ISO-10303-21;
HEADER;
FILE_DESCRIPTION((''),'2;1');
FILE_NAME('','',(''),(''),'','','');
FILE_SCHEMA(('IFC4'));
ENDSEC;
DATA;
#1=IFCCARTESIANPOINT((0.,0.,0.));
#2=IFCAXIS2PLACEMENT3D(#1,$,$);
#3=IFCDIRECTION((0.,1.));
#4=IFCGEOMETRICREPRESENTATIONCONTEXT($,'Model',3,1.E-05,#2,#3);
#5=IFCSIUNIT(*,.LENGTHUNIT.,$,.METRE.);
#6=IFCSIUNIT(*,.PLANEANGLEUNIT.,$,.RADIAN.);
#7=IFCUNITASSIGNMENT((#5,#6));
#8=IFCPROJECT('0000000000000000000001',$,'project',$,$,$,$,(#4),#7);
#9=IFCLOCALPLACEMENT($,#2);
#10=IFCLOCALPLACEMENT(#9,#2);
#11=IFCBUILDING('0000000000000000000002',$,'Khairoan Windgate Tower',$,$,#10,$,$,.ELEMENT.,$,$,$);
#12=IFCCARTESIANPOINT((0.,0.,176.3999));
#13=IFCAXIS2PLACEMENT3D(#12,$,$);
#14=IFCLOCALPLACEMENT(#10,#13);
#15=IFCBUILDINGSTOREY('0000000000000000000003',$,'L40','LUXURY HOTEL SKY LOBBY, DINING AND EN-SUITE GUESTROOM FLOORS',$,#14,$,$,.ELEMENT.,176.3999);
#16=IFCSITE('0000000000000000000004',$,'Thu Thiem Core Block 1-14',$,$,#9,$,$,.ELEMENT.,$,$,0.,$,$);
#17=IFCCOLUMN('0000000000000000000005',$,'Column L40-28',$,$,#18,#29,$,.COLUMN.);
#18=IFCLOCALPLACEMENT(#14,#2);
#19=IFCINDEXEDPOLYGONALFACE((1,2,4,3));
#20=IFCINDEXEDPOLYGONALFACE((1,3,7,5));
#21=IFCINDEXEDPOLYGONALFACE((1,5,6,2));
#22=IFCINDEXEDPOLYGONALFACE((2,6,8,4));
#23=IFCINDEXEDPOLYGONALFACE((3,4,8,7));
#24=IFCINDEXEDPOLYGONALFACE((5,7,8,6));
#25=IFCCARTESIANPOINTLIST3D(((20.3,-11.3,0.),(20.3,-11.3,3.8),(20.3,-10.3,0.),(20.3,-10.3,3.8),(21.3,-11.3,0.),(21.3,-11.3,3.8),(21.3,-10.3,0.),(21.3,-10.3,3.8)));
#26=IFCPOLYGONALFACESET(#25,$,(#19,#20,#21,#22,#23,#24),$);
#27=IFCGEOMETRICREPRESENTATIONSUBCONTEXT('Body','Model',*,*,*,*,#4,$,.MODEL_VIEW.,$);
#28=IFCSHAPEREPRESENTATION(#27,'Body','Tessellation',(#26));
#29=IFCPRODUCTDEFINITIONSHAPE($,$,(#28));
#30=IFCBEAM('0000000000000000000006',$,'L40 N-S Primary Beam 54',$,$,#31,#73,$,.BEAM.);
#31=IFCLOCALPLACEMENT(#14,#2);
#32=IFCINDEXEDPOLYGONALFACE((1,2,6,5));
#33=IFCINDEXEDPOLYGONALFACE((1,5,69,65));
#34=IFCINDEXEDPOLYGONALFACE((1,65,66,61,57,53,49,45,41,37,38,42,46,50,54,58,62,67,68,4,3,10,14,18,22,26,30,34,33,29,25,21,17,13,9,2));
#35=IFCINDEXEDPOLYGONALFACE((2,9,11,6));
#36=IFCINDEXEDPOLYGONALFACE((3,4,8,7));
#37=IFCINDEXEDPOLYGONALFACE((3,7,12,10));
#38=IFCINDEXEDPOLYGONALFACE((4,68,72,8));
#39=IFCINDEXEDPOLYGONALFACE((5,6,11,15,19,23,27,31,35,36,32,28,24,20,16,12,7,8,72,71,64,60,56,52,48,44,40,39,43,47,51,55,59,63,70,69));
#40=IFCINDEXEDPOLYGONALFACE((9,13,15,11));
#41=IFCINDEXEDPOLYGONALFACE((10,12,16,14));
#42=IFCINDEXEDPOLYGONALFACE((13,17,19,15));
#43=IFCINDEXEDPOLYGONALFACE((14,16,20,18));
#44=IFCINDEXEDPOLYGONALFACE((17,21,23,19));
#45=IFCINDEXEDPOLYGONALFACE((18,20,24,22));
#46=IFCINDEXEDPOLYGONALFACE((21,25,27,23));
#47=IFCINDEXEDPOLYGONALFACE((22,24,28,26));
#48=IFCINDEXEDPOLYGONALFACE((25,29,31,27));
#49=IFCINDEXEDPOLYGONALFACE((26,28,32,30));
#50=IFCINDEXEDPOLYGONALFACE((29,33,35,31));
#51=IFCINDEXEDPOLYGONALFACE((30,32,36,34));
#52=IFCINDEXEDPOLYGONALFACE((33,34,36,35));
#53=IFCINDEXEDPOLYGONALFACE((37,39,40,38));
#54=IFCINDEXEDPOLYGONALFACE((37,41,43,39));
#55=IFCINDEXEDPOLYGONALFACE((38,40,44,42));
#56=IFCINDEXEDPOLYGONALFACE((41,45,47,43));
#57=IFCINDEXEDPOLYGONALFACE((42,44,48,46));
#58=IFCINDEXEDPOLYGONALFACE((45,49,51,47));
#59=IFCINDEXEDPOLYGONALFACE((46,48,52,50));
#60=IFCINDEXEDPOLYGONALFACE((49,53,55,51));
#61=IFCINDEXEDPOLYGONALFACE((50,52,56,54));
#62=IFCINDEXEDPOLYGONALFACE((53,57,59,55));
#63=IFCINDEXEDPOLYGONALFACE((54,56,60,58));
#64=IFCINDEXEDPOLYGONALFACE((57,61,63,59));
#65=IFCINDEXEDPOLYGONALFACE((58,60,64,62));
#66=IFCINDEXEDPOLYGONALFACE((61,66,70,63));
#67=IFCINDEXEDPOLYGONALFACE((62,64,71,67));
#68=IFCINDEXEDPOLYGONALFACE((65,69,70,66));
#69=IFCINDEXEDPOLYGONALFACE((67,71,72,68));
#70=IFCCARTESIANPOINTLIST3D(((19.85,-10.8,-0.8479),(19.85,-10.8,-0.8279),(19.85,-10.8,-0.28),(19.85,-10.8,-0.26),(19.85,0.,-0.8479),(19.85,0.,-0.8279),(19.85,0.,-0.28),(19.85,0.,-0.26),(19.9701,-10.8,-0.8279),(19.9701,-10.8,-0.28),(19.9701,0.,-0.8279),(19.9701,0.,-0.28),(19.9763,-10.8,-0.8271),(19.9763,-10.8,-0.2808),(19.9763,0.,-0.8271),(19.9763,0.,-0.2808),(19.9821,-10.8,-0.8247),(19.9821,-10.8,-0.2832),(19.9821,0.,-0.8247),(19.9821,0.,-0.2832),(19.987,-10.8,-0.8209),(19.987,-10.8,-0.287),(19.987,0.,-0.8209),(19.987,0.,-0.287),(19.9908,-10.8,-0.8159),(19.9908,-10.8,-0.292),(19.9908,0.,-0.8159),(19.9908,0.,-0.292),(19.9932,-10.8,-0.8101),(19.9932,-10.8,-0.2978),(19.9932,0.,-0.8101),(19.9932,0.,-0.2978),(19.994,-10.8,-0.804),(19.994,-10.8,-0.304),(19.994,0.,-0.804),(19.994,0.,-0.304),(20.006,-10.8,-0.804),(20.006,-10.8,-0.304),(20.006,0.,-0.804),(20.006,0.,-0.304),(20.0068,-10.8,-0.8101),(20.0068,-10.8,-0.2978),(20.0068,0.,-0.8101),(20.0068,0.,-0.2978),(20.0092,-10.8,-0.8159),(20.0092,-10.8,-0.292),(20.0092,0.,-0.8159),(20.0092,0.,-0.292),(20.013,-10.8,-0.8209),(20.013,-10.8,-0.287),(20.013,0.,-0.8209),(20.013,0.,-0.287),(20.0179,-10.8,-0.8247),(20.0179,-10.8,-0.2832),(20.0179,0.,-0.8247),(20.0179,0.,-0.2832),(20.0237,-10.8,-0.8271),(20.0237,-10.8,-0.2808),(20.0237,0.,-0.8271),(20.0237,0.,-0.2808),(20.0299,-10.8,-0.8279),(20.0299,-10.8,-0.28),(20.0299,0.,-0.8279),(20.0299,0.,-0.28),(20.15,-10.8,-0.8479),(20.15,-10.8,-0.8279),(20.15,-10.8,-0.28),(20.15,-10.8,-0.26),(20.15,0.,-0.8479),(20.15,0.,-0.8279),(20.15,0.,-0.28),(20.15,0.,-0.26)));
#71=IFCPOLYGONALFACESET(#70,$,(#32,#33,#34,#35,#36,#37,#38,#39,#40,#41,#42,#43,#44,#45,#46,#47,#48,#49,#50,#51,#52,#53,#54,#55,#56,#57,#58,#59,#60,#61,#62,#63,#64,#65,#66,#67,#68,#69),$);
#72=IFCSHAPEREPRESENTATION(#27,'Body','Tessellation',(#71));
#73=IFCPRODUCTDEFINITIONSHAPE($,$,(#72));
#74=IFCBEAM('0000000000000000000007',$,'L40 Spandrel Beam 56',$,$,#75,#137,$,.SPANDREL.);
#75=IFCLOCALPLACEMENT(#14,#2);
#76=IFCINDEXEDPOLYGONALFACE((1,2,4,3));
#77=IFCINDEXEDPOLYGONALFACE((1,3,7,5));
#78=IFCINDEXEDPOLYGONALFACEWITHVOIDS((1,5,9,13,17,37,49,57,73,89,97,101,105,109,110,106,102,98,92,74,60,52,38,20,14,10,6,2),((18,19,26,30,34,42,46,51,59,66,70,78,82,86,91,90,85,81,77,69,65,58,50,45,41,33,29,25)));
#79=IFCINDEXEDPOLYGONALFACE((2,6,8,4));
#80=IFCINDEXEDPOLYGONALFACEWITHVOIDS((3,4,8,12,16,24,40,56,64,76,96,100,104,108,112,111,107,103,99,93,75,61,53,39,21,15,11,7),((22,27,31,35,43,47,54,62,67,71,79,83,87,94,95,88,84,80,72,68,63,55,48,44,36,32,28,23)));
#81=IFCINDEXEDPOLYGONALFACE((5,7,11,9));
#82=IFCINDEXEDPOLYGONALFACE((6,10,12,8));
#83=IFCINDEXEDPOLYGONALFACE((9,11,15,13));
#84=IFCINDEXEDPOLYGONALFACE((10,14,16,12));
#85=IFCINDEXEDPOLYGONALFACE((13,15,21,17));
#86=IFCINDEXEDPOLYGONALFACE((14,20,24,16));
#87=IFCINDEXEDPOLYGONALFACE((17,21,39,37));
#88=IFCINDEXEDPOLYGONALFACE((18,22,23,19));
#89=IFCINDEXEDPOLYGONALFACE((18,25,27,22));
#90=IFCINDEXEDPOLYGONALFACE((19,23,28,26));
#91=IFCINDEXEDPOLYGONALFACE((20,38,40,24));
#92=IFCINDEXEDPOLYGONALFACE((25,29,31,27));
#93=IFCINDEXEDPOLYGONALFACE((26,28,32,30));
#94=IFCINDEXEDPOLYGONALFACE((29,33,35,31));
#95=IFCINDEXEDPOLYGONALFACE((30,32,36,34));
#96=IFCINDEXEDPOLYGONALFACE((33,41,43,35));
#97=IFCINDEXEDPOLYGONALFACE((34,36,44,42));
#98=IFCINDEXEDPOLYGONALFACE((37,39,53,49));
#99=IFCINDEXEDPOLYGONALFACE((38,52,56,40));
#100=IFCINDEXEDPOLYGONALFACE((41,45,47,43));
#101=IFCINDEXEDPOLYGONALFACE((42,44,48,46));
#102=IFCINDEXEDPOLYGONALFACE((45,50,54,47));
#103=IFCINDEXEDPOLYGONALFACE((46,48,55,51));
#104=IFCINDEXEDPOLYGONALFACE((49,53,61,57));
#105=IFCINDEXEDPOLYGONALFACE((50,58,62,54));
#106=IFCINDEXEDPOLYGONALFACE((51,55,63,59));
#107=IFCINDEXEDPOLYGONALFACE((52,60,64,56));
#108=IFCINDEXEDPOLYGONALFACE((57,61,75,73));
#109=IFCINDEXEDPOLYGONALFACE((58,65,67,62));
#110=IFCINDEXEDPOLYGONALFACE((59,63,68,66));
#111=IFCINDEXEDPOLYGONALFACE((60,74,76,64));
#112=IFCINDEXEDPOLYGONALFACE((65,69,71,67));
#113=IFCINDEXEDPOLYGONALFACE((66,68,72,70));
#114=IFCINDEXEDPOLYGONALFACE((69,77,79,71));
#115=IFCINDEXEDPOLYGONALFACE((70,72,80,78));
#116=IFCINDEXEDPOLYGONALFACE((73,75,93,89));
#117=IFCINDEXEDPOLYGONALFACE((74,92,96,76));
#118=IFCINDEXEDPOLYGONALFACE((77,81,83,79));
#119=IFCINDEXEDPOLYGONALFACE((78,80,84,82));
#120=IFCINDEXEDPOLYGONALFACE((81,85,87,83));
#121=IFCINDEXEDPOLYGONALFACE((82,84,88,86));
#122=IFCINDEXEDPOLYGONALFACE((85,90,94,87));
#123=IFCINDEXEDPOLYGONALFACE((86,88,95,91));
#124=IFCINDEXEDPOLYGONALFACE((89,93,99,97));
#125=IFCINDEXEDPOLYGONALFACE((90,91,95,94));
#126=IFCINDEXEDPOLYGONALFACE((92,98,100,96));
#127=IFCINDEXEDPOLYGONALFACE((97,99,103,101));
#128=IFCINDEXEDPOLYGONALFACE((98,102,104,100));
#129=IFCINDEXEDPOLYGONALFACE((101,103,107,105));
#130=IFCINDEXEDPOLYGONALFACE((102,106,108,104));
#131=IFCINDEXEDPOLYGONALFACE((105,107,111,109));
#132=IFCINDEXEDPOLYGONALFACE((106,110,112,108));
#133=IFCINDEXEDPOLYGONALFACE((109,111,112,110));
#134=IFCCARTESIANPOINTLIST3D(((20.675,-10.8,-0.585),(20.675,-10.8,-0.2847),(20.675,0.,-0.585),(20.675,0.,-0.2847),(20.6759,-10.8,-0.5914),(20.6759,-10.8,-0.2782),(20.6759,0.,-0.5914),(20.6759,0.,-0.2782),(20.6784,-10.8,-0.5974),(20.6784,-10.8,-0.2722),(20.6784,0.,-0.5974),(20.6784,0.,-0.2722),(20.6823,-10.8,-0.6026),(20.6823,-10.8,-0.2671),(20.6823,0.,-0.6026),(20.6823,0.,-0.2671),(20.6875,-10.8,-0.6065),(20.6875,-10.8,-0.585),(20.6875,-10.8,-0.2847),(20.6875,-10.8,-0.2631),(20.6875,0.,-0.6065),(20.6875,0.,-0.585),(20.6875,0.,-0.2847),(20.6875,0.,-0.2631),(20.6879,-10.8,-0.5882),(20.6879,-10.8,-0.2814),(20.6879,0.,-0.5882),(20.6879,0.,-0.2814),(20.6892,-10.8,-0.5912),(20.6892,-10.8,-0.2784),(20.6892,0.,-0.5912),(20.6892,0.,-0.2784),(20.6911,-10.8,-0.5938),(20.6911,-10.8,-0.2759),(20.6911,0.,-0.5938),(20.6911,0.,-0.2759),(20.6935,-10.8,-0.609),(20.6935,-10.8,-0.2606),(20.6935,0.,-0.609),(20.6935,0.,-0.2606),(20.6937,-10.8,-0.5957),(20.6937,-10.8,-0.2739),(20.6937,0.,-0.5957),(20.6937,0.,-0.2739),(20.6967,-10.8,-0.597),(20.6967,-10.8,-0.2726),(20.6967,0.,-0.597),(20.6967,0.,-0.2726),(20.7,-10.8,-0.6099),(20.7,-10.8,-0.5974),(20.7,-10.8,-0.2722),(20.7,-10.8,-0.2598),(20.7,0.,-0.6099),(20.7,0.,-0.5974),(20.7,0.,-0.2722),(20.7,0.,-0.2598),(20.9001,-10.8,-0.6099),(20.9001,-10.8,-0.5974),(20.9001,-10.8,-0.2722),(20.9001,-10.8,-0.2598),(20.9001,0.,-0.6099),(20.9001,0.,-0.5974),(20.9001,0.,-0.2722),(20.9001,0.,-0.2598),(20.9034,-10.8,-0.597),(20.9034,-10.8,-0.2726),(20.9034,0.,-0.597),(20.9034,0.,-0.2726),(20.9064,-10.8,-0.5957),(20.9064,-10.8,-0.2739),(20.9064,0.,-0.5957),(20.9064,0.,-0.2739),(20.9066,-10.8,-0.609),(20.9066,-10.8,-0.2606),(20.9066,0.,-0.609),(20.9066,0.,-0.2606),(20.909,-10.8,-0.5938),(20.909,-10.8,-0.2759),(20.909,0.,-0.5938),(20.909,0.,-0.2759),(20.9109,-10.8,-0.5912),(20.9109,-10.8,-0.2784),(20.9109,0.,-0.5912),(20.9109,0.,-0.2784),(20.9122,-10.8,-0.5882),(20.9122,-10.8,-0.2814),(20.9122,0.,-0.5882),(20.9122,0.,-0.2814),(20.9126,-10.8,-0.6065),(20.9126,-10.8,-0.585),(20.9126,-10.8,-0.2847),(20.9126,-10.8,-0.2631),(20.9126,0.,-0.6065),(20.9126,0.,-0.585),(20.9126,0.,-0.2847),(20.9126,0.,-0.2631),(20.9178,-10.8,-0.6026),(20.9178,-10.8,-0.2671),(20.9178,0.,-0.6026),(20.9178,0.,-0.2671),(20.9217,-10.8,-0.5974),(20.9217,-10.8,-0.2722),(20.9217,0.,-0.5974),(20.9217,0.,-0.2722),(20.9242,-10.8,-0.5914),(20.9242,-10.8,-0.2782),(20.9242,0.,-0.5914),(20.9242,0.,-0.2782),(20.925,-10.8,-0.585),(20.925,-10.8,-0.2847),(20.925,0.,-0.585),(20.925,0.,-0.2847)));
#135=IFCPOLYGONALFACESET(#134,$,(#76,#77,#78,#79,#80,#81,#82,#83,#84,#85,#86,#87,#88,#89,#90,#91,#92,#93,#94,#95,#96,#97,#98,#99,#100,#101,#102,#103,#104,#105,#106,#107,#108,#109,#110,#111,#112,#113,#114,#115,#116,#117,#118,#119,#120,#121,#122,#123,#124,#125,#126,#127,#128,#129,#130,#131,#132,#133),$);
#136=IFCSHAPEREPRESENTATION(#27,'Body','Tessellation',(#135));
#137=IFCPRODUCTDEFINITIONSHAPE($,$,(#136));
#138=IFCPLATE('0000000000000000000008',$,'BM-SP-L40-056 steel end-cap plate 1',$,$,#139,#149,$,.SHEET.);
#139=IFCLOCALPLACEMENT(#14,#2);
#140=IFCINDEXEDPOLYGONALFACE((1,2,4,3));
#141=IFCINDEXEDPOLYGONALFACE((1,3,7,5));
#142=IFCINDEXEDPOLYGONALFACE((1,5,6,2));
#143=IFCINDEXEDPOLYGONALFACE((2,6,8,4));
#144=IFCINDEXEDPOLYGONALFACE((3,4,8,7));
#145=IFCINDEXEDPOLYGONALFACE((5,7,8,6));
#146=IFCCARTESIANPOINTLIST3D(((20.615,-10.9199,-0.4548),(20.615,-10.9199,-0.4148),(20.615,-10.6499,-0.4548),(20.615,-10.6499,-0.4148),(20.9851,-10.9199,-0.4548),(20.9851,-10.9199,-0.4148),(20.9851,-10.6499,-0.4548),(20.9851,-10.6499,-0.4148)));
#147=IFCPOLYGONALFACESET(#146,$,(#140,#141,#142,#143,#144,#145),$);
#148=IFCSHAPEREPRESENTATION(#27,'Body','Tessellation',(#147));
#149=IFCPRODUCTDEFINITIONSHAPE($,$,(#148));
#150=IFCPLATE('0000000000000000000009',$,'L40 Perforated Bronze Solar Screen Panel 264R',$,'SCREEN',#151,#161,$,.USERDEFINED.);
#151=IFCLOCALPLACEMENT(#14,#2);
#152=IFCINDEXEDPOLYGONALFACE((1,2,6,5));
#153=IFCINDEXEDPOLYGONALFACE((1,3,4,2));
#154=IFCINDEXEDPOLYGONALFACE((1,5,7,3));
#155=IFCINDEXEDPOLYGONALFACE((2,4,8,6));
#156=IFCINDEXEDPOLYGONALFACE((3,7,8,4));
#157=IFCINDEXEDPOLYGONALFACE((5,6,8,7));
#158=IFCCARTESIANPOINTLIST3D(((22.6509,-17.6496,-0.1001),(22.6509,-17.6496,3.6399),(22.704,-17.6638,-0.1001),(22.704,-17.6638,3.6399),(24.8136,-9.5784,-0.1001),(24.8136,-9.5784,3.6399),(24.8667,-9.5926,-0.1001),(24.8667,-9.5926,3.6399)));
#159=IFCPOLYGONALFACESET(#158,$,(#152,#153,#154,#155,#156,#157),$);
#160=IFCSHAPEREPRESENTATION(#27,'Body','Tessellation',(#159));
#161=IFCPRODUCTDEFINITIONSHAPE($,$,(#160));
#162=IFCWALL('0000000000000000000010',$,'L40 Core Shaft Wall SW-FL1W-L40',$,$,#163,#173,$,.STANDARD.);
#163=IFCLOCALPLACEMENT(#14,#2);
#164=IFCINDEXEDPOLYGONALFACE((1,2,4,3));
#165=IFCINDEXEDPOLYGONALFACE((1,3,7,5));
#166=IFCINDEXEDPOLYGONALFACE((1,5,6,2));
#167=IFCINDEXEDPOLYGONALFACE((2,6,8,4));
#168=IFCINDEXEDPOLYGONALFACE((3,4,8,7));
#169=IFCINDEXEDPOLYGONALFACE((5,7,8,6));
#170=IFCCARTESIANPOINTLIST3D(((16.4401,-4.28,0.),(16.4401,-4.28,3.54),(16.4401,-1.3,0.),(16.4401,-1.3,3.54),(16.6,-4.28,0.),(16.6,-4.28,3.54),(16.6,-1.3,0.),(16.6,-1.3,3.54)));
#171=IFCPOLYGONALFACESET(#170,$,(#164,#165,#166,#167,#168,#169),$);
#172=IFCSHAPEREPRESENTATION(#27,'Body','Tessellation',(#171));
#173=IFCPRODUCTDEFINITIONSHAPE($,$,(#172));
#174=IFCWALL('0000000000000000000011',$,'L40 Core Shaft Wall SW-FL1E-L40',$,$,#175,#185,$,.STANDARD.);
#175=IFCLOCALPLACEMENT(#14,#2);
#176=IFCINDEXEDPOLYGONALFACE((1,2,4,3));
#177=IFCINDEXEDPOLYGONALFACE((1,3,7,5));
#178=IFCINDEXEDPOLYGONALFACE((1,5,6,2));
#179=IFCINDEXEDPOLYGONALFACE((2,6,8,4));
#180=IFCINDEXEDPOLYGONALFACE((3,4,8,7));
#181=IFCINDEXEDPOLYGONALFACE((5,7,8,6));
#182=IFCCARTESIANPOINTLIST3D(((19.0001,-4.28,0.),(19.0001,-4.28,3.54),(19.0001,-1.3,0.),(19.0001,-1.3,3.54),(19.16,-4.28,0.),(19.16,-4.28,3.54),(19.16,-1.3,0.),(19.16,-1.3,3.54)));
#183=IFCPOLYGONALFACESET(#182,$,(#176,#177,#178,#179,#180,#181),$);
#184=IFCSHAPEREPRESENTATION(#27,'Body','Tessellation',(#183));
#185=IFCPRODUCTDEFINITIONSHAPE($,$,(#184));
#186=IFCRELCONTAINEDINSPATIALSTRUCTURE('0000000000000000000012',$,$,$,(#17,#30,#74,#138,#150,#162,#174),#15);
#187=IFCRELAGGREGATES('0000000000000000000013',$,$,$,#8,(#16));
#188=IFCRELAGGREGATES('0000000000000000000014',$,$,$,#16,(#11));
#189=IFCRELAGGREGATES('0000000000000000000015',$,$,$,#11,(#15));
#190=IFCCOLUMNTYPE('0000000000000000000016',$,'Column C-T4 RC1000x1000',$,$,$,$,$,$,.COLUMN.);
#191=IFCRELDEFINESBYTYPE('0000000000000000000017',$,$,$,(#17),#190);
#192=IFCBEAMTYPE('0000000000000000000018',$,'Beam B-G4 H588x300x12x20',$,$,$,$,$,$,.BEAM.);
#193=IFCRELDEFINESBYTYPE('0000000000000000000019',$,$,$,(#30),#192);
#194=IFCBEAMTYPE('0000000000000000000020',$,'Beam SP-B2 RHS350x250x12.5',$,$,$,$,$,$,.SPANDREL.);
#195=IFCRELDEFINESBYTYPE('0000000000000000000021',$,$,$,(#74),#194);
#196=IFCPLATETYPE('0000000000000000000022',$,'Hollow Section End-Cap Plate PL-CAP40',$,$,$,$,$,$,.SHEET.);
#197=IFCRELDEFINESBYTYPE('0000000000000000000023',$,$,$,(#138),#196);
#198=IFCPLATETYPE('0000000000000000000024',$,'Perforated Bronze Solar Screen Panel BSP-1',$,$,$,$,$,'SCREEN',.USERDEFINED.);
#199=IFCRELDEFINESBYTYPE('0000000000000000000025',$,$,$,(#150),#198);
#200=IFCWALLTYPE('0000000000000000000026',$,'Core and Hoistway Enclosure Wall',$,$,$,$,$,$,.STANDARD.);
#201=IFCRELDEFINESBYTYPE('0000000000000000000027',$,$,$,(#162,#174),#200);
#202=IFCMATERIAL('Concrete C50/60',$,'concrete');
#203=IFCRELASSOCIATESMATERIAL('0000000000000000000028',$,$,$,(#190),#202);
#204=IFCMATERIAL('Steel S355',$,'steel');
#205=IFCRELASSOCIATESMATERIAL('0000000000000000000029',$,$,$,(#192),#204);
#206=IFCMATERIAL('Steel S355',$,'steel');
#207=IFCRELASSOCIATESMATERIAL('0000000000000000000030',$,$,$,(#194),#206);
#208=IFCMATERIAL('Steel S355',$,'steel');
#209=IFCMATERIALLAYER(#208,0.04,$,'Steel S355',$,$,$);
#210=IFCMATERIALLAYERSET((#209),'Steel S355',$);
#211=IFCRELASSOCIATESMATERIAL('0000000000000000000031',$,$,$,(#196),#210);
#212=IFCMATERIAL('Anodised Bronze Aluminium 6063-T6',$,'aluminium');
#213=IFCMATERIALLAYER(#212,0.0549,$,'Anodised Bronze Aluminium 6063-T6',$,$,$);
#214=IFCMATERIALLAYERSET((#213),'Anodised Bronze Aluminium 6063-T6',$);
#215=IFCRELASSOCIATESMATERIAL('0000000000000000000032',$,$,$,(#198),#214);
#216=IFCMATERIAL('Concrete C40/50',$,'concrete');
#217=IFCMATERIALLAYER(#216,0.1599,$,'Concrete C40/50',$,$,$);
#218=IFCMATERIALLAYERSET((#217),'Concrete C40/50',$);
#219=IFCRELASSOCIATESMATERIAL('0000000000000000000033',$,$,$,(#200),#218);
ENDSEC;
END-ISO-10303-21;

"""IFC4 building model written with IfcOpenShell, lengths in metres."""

from ifc_helpers import new_model, si_unit, direction, frame, frame_2d, origin, origin_2d, place, context, subcontext, project, spatial, rectangle, hollow_rectangle, i_section, extrude, material, layer, layer_set, material_profile, profile_set, type_object, element, save


model = new_model("IFC4")

# Units and contexts
model_context = context("Model", 3, precision=1e-05, world=origin(), true_north=direction((0.0, 1.0)))
body_context = subcontext(model_context, "Body", "Model", "MODEL_VIEW")
ifc_project = project(units=[si_unit("LENGTHUNIT", "METRE"), si_unit("PLANEANGLEUNIT", "RADIAN")], contexts=[model_context])

# Site, building, storey
site_placement = place(None, origin())
site = spatial("IfcSite", under=ifc_project, at=site_placement, Name="Thu Thiem Core Block 1-14", CompositionType="ELEMENT", RefElevation=0.0)
building_placement = place(site_placement, origin())
building = spatial("IfcBuilding", under=site, at=building_placement, Name="Khairoan Windgate Tower", CompositionType="ELEMENT")
storey_placement = place(building_placement, frame((0.0, 0.0, 176.3999)))
storey = spatial("IfcBuildingStorey", under=building, at=storey_placement, Name="L40", Description="LUXURY HOTEL SKY LOBBY, DINING AND EN-SUITE GUESTROOM FLOORS", CompositionType="ELEMENT", Elevation=176.3999)

# Column
ifc_material_1 = material(Name="Concrete C50/60", Category="concrete")
ifc_material_profile_1 = material_profile(ifc_material_1, rectangle(XDim=1.0, YDim=1.0, at=origin_2d()))
ifc_profile_set_1 = profile_set([ifc_material_profile_1], Name="Concrete C50/60")
column_type = type_object("IfcColumnType", Name="Column C-T4 RC1000x1000", PredefinedType="COLUMN", material=ifc_profile_set_1)
column_placement = place(storey_placement, frame((20.8, -10.8, 0.0), z_axis=(0.0, 0.0, 1.0), x_axis=(1.0, 0.0, 0.0)))
element("IfcColumn", 1, at=column_placement, inside=storey, type_object=column_type, Name="Column L40-28", PredefinedType="COLUMN", context=body_context, shape_type="SweptSolid", body=[
    extrude(rectangle(XDim=1.0, YDim=1.0, at=origin_2d()), origin(), (0.0, 0.0, 1.0), 3.8),
])

# Beams
ifc_material_2 = material(Name="Steel S355", Category="steel")
ifc_material_profile_2 = material_profile(ifc_material_2, i_section(OverallWidth=0.3, OverallDepth=0.5879, WebThickness=0.012, FlangeThickness=0.02, FilletRadius=0.0239, at=origin_2d()))
ifc_profile_set_2 = profile_set([ifc_material_profile_2], Name="Steel S355")
beam_type_1 = type_object("IfcBeamType", Name="Beam B-G4 H588x300x12x20", PredefinedType="BEAM", material=ifc_profile_set_2)
beam_1_placement = place(storey_placement, frame((20.0, -10.8, -0.554), z_axis=(0.0, 1.0, 0.0), x_axis=(-1.0, 0.0, 0.0)))
element("IfcBeam", 2, at=beam_1_placement, inside=storey, type_object=beam_type_1, Name="L40 N-S Primary Beam 54", PredefinedType="BEAM", context=body_context, shape_type="SweptSolid", body=[
    extrude(i_section(OverallWidth=0.3, OverallDepth=0.5879, WebThickness=0.012, FlangeThickness=0.02, FilletRadius=0.0239, at=origin_2d()), origin(), (0.0, 0.0, 1.0), 10.8),
])
ifc_material_3 = material(Name="Steel S355", Category="steel")
ifc_material_profile_3 = material_profile(ifc_material_3, hollow_rectangle(XDim=0.25, YDim=0.3501, WallThickness=0.0125, InnerFilletRadius=0.0125, OuterFilletRadius=0.0249, at=origin_2d()))
ifc_profile_set_3 = profile_set([ifc_material_profile_3], Name="Steel S355")
beam_type_2 = type_object("IfcBeamType", Name="Beam SP-B2 RHS350x250x12.5", PredefinedType="SPANDREL", material=ifc_profile_set_3)
beam_2_placement = place(storey_placement, frame((20.8, -10.8, -0.4348), z_axis=(0.0, 1.0, 0.0), x_axis=(-1.0, 0.0, 0.0)))
element("IfcBeam", 3, at=beam_2_placement, inside=storey, type_object=beam_type_2, Name="L40 Spandrel Beam 56", PredefinedType="SPANDREL", context=body_context, shape_type="SweptSolid", body=[
    extrude(hollow_rectangle(XDim=0.25, YDim=0.3501, WallThickness=0.0125, InnerFilletRadius=0.0125, OuterFilletRadius=0.0249, at=origin_2d()), origin(), (0.0, 0.0, 1.0), 10.8),
])

# Plates
ifc_material_4 = material(Name="Steel S355", Category="steel")
ifc_layer_1 = layer(ifc_material_4, 0.04, Name="Steel S355")
ifc_layer_set_1 = layer_set([ifc_layer_1], Name="Steel S355")
plate_type_1 = type_object("IfcPlateType", Name="Hollow Section End-Cap Plate PL-CAP40", PredefinedType="SHEET", material=ifc_layer_set_1)
plate_1_placement = place(storey_placement, frame((20.8, -10.7849, -0.4548), z_axis=(0.0, 0.0, 1.0), x_axis=(0.0, 1.0, 0.0)))
element("IfcPlate", 4, at=plate_1_placement, inside=storey, type_object=plate_type_1, Name="BM-SP-L40-056 steel end-cap plate 1", PredefinedType="SHEET", context=body_context, shape_type="SweptSolid", body=[
    extrude(rectangle(XDim=0.27, YDim=0.3701, at=origin_2d()), origin(), (0.0, 0.0, 1.0), 0.04),
])
ifc_material_5 = material(Name="Anodised Bronze Aluminium 6063-T6", Category="aluminium")
ifc_layer_2 = layer(ifc_material_5, 0.0549, Name="Anodised Bronze Aluminium 6063-T6")
ifc_layer_set_2 = layer_set([ifc_layer_2], Name="Anodised Bronze Aluminium 6063-T6")
plate_type_2 = type_object("IfcPlateType", Name="Perforated Bronze Solar Screen Panel BSP-1", ElementType="SCREEN", PredefinedType="USERDEFINED", material=ifc_layer_set_2)
plate_2_placement = place(storey_placement, frame((23.7588, -13.6211, -0.1001), z_axis=(0.0, 0.0, 1.0), x_axis=(-0.258819, -0.965926, 0.0)))
element("IfcPlate", 5, at=plate_2_placement, inside=storey, type_object=plate_type_2, Name="L40 Perforated Bronze Solar Screen Panel 264R", ObjectType="SCREEN", PredefinedType="USERDEFINED", context=body_context, shape_type="SweptSolid", body=[
    extrude(rectangle(XDim=8.356, YDim=0.0549, at=origin_2d()), origin(), (0.0, 0.0, 1.0), 3.74),
])

# Walls
ifc_material_6 = material(Name="Concrete C40/50", Category="concrete")
ifc_layer_3 = layer(ifc_material_6, 0.1599, Name="Concrete C40/50")
ifc_layer_set_3 = layer_set([ifc_layer_3], Name="Concrete C40/50")
wall_type_1 = type_object("IfcWallType", Name="Core and Hoistway Enclosure Wall", PredefinedType="STANDARD", material=ifc_layer_set_3)
for number, where, z_axis, x_axis, name in (
    (6, (16.52, -4.28, 0.0), (0.0, 0.0, 1.0), (0.0, 1.0, 0.0), "L40 Core Shaft Wall SW-FL1W-L40"),
    (7, (19.0801, -4.28, 0.0), (0.0, 0.0, 1.0), (0.0, 1.0, 0.0), "L40 Core Shaft Wall SW-FL1E-L40"),
):
    element("IfcWall", number, at=place(storey_placement, frame(where, z_axis=z_axis, x_axis=x_axis)), inside=storey, type_object=wall_type_1, Name=name, PredefinedType="STANDARD", context=body_context, shape_type="SweptSolid", body=[
        extrude(rectangle(XDim=2.98, YDim=0.1599, at=frame_2d((1.49, 0.0))), origin(), (0.0, 0.0, 1.0), 3.54),
    ])

save(model, "model.ifc")
